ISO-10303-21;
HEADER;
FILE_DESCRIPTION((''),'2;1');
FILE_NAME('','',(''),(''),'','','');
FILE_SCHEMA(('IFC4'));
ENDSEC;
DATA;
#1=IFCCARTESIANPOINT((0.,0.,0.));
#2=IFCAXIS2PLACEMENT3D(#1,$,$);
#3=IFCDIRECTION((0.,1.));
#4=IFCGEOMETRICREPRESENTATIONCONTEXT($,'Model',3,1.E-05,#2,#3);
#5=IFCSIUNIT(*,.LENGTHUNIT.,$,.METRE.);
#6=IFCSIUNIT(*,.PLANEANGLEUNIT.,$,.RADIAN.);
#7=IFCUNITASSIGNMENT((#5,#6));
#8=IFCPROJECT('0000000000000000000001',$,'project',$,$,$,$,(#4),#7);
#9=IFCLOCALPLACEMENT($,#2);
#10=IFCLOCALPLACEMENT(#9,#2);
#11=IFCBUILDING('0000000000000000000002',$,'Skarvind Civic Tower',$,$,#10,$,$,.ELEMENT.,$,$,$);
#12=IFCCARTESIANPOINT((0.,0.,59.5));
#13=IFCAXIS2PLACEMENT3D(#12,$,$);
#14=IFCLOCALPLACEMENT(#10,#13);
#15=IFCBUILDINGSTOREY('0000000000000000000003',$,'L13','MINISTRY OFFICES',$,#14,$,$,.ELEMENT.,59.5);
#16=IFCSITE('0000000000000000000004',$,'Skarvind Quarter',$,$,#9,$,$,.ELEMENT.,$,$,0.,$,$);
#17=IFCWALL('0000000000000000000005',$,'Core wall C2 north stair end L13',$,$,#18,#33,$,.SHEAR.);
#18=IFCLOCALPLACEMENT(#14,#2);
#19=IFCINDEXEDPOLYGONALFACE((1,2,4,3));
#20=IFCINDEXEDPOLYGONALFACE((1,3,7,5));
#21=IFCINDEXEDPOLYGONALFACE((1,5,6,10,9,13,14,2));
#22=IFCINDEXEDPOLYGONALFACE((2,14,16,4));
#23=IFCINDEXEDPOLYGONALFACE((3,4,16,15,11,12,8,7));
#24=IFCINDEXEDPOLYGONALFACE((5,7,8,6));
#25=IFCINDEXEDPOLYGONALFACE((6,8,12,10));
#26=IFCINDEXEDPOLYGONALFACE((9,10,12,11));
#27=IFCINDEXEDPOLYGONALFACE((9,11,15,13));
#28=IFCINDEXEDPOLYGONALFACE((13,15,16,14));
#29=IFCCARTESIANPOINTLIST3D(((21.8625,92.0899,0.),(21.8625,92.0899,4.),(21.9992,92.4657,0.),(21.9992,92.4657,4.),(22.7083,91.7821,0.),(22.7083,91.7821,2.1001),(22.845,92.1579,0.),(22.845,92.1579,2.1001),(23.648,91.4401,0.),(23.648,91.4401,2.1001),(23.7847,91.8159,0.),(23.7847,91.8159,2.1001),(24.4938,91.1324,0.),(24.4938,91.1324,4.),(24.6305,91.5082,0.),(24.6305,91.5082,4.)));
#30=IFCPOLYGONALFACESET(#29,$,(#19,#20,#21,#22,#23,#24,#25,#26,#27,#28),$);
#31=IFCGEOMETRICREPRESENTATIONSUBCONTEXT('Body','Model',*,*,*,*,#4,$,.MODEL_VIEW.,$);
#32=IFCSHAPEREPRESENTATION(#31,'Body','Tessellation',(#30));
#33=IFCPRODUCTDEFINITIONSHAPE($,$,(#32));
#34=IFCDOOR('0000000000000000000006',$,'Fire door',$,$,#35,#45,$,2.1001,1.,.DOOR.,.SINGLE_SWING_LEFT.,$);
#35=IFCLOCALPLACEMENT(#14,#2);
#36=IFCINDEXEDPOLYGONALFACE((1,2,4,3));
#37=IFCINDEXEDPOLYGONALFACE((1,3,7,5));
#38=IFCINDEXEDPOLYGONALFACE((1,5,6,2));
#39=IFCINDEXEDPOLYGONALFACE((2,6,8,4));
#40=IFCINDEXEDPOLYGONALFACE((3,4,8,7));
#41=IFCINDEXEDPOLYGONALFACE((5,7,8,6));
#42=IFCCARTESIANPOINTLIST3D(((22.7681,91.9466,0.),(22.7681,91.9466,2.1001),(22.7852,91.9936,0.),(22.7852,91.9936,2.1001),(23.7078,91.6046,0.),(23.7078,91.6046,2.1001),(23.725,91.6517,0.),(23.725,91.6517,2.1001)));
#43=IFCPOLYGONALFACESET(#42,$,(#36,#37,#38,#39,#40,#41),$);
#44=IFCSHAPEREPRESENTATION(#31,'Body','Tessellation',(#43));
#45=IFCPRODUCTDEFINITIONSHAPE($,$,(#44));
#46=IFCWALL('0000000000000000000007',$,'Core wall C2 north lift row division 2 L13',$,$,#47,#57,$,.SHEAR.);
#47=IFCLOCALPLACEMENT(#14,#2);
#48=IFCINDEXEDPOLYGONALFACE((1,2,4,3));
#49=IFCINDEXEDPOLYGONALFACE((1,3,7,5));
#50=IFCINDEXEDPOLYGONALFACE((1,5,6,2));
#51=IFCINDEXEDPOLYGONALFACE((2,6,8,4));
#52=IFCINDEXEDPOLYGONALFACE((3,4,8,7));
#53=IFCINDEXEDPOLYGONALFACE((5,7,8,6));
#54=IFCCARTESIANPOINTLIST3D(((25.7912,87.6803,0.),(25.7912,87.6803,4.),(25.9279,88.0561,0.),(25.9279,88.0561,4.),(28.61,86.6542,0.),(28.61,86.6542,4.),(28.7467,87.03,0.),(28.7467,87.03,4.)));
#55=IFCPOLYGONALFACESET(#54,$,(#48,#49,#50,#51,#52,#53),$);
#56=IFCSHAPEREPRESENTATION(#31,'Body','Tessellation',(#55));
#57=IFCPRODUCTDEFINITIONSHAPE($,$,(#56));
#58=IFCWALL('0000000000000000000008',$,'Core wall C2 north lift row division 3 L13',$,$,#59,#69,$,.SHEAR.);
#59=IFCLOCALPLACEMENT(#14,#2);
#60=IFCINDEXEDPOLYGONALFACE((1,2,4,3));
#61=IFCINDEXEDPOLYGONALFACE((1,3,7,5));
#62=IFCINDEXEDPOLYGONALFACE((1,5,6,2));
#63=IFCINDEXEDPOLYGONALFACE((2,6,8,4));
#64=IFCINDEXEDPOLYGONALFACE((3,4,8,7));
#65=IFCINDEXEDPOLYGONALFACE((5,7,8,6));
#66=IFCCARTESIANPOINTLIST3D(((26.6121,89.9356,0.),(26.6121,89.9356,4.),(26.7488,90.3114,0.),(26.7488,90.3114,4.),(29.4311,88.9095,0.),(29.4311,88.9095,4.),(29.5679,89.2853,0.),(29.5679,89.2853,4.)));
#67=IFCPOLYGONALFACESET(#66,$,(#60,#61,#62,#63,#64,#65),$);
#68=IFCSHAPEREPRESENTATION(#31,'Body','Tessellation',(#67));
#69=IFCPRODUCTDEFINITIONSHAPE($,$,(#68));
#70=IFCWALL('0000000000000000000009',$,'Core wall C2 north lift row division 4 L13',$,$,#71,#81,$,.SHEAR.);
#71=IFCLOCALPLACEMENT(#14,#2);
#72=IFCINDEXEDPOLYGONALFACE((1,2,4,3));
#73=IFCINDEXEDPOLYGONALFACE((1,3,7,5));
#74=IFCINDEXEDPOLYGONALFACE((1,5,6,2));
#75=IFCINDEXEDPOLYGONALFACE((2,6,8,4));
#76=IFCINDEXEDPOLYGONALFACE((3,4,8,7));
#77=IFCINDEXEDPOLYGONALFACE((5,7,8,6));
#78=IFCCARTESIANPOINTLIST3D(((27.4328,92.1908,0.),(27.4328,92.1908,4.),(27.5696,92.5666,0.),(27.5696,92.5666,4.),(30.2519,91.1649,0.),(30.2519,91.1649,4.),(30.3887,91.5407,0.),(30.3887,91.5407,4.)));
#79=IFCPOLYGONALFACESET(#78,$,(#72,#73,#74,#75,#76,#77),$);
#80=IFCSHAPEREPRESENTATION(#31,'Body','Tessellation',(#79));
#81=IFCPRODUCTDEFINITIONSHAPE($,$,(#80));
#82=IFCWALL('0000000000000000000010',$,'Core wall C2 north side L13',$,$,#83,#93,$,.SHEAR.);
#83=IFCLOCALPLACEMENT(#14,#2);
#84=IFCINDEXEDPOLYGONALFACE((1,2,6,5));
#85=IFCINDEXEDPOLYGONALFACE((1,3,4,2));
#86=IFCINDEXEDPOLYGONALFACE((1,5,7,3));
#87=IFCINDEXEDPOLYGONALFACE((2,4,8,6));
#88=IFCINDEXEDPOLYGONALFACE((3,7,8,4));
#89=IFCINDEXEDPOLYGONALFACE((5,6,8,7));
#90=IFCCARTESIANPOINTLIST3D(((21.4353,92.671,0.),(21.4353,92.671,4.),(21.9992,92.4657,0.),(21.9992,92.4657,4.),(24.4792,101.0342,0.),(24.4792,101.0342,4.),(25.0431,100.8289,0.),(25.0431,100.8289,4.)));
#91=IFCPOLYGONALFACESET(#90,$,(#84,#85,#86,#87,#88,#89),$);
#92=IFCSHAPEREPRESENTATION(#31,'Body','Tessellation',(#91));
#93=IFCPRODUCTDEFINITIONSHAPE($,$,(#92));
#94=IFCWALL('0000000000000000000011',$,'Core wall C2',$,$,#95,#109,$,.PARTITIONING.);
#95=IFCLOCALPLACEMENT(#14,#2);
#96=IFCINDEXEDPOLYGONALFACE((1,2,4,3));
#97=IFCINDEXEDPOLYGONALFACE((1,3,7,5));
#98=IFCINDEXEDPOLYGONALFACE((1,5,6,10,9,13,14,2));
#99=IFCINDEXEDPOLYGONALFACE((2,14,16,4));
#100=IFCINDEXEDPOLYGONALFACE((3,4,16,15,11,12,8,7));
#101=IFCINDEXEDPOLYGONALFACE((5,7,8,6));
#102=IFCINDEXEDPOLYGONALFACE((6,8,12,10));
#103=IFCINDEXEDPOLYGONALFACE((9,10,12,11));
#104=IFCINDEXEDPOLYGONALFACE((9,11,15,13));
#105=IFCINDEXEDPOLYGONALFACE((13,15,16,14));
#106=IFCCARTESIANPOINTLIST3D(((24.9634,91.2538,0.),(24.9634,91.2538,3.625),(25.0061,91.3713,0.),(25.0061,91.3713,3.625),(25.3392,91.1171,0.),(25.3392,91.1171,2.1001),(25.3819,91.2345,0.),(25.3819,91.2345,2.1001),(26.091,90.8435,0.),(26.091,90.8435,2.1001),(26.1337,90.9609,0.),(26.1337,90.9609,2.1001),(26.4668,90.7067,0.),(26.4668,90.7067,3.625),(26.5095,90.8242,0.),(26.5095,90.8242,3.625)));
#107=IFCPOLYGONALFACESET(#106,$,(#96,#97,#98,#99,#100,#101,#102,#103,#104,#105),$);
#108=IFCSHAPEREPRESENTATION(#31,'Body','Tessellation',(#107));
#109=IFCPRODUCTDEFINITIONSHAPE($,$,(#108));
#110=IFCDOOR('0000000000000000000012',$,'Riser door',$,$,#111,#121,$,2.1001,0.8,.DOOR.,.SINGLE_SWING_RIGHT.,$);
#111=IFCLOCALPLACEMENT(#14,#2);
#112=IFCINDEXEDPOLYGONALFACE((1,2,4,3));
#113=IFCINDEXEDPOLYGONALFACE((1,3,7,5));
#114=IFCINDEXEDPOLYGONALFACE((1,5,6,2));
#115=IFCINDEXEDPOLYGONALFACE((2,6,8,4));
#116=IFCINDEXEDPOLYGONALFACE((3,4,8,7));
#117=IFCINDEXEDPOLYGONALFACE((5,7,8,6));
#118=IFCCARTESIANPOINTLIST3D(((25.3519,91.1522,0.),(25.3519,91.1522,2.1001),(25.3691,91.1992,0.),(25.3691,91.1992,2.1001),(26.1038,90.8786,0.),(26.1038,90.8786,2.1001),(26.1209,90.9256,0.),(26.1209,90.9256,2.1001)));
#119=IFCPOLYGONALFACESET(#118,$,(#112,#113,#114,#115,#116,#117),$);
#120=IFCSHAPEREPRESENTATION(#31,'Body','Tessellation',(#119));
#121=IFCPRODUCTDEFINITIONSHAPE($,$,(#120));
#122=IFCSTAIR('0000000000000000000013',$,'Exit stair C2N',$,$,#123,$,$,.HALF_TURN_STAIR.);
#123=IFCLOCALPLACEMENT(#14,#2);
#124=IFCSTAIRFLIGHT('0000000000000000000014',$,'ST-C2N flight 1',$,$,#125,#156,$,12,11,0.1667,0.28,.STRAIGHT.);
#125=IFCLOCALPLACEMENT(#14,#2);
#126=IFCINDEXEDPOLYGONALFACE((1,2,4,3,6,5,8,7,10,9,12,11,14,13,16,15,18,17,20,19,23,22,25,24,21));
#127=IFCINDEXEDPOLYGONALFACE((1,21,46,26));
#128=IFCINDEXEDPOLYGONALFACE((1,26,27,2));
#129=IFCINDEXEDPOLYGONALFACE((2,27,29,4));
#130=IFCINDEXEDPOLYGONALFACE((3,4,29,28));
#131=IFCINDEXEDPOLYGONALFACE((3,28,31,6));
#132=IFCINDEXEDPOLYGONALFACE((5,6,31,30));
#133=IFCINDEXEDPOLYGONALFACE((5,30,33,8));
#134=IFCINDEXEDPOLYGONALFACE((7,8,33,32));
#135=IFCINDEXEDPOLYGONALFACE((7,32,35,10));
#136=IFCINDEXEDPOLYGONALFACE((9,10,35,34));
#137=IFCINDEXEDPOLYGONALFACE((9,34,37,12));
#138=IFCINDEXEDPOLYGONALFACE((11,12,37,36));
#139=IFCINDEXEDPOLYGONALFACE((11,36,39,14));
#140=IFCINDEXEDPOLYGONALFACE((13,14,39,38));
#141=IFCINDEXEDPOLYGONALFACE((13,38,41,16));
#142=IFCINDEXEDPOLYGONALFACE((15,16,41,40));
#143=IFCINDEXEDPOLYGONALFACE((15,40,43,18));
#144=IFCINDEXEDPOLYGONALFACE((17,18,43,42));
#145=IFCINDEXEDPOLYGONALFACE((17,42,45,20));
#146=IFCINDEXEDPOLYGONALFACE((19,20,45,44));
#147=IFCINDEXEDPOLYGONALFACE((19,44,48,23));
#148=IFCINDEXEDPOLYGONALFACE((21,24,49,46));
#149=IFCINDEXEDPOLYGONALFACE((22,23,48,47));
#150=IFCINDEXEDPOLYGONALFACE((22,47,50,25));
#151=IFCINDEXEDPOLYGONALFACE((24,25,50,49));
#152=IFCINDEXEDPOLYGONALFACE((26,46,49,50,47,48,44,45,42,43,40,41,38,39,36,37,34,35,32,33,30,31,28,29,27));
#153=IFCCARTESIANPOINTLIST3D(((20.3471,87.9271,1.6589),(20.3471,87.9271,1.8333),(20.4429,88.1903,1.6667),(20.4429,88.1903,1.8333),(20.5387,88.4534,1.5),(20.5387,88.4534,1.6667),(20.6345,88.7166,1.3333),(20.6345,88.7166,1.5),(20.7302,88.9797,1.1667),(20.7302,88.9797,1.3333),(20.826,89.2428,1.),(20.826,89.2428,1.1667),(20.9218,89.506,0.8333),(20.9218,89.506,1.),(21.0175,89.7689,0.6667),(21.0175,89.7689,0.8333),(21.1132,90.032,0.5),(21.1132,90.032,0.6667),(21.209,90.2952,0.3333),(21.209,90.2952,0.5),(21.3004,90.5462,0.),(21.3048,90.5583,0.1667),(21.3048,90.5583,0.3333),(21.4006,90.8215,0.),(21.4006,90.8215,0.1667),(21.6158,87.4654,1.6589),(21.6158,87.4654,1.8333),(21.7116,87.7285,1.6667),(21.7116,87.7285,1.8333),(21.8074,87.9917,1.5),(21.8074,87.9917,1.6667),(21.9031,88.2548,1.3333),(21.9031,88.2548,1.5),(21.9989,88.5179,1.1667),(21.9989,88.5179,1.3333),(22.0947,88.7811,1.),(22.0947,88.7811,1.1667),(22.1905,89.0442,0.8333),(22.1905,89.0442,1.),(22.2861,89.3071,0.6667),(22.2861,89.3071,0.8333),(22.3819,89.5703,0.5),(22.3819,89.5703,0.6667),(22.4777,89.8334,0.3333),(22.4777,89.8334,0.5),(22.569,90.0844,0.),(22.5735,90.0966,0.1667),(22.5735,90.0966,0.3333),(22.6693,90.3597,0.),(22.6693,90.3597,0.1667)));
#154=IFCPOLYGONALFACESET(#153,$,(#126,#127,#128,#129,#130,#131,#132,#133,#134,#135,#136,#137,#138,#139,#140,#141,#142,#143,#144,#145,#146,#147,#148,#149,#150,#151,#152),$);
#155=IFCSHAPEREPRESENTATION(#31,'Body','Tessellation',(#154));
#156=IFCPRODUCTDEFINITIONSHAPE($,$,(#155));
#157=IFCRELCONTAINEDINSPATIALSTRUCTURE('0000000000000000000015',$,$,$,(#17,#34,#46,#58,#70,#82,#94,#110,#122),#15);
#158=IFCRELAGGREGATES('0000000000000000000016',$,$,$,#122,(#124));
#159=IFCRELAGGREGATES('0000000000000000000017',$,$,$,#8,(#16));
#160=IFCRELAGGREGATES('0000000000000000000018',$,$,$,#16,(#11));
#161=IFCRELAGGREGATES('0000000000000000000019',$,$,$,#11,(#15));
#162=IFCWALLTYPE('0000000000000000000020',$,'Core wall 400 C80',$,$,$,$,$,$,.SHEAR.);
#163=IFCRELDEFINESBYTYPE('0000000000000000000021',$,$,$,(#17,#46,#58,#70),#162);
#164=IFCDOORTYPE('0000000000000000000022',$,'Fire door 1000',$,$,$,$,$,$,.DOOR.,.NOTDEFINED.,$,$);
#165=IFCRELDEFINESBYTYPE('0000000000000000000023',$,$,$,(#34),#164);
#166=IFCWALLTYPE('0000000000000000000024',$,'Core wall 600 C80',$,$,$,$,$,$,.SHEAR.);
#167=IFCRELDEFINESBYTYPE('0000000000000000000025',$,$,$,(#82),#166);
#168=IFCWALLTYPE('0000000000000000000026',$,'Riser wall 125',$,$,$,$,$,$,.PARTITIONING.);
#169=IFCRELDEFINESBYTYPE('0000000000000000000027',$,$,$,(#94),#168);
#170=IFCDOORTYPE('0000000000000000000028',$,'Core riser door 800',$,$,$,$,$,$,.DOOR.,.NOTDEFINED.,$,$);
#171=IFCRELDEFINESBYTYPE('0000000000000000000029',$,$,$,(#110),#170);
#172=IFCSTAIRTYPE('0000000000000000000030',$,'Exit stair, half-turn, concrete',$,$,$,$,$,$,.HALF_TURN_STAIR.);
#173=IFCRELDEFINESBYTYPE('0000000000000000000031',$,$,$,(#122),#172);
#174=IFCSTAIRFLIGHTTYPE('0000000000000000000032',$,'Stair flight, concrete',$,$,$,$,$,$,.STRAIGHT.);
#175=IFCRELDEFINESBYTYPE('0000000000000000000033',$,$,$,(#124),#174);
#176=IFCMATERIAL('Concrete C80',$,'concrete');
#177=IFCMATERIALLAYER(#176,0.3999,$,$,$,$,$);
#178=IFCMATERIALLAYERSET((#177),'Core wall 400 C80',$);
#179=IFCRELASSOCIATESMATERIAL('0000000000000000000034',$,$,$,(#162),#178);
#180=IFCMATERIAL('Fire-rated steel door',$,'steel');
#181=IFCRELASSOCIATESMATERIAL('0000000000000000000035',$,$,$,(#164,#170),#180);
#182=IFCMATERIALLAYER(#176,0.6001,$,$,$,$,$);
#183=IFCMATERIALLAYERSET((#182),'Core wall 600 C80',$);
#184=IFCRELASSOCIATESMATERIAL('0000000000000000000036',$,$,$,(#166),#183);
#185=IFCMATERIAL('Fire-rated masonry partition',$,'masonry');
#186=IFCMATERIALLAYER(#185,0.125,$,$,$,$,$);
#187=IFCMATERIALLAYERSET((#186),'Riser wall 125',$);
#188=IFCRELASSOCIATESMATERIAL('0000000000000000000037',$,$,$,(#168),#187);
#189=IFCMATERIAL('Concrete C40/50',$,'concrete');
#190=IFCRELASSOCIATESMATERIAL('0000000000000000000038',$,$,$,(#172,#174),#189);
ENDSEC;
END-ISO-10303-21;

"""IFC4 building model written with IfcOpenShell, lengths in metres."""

from ifc_helpers import new_model, si_unit, direction, frame, frame_2d, origin, place, context, subcontext, project, spatial, polyline, rectangle, outline, extrude, material, layer, layer_set, type_object, element, fill, aggregate, save


model = new_model("IFC4")

# Units and contexts
model_context = context("Model", 3, precision=1e-05, world=origin(), true_north=direction((0.0, 1.0)))
body_context = subcontext(model_context, "Body", "Model", "MODEL_VIEW")
ifc_project = project(units=[si_unit("LENGTHUNIT", "METRE"), si_unit("PLANEANGLEUNIT", "RADIAN")], contexts=[model_context])

# Site, building, storey
site_placement = place(None, origin())
site = spatial("IfcSite", under=ifc_project, at=site_placement, Name="Skarvind Quarter", CompositionType="ELEMENT", RefElevation=0.0)
building_placement = place(site_placement, origin())
building = spatial("IfcBuilding", under=site, at=building_placement, Name="Skarvind Civic Tower", CompositionType="ELEMENT")
storey_placement = place(building_placement, frame((0.0, 0.0, 59.5)))
storey = spatial("IfcBuildingStorey", under=building, at=storey_placement, Name="L13", Description="MINISTRY OFFICES", CompositionType="ELEMENT", Elevation=59.5)

# Wall, opening, door
ifc_material_1 = material(Name="Concrete C80", Category="concrete")
ifc_layer_1 = layer(ifc_material_1, 0.3999)
ifc_layer_set_1 = layer_set([ifc_layer_1], Name="Core wall 400 C80")
wall_type_1 = type_object("IfcWallType", Name="Core wall 400 C80", PredefinedType="SHEAR", material=ifc_layer_set_1)
wall_1_placement = place(storey_placement, frame((24.562, 91.3203, 0.0), z_axis=(0.0, 0.0, 1.0), x_axis=(-0.939717, 0.341953, 0.0)))
wall_1 = element("IfcWall", 1, at=wall_1_placement, inside=storey, type_object=wall_type_1, Name="Core wall C2 north stair end L13", PredefinedType="SHEAR", context=body_context, shape_type="SweptSolid", body=[
    extrude(rectangle(XDim=2.8, YDim=0.3999, at=frame_2d((1.3999, 0.0))), origin(), (0.0, 0.0, 1.0), 4.0),
])
opening_1_placement = place(wall_1_placement, frame((0.8999, 0.0, 0.0)))
opening_1 = element("IfcOpeningElement", 2, at=opening_1_placement, cuts=wall_1, PredefinedType="OPENING", context=body_context, shape_type="SweptSolid", body=[
    extrude(rectangle(XDim=1.0, YDim=2.1001, at=frame_2d((0.5, 1.05))), frame((0.0, 0.21, 0.0), z_axis=(0.0, -1.0, 0.0), x_axis=(1.0, 0.0, 0.0)), (0.0, 0.0, 1.0), 0.4199),
])
ifc_material_2 = material(Name="Fire-rated steel door", Category="steel")
door_type_1 = type_object("IfcDoorType", Name="Fire door 1000", OperationType="NOTDEFINED", PredefinedType="DOOR", material=ifc_material_2)
door_1_placement = place(opening_1_placement, origin())
door_1 = element("IfcDoor", 3, at=door_1_placement, inside=storey, type_object=door_type_1, Name="Fire door", OperationType="SINGLE_SWING_LEFT", OverallHeight=2.1001, OverallWidth=1.0, PredefinedType="DOOR", context=body_context, shape_type="SweptSolid", body=[
    extrude(rectangle(XDim=1.0, YDim=2.1001, at=frame_2d((0.5, 1.05))), frame((0.0, 0.0249, 0.0), z_axis=(0.0, -1.0, 0.0), x_axis=(1.0, 0.0, 0.0)), (0.0, 0.0, 1.0), 0.05),
])
fill(opening_1, door_1)

# Walls
wall_2_placement = place(storey_placement, frame((28.6785, 86.842, 0.0), z_axis=(0.0, 0.0, 1.0), x_axis=(-0.939677, 0.342063, 0.0)))
element("IfcWall", 4, at=wall_2_placement, inside=storey, type_object=wall_type_1, Name="Core wall C2 north lift row division 2 L13", PredefinedType="SHEAR", context=body_context, shape_type="SweptSolid", body=[
    extrude(rectangle(XDim=2.9998, YDim=0.3999, at=frame_2d((1.5, 0.0))), origin(), (0.0, 0.0, 1.0), 4.0),
])
for number, where, z_axis, x_axis, name in (
    (5, (29.4995, 89.0974, 0.0), (0.0, 0.0, 1.0), (-0.939686, 0.342037, 0.0), "Core wall C2 north lift row division 3 L13"),
    (6, (30.3203, 91.3528, 0.0), (0.0, 0.0, 1.0), (-0.939713, 0.341965, 0.0), "Core wall C2 north lift row division 4 L13"),
):
    element("IfcWall", number, at=place(storey_placement, frame(where, z_axis=z_axis, x_axis=x_axis)), inside=storey, type_object=wall_type_1, Name=name, PredefinedType="SHEAR", context=body_context, shape_type="SweptSolid", body=[
        extrude(rectangle(XDim=3.0, YDim=0.3999, at=frame_2d((1.5, 0.0))), origin(), (0.0, 0.0, 1.0), 4.0),
    ])
ifc_layer_2 = layer(ifc_material_1, 0.6001)
ifc_layer_set_2 = layer_set([ifc_layer_2], Name="Core wall 600 C80")
wall_type_2 = type_object("IfcWallType", Name="Core wall 600 C80", PredefinedType="SHEAR", material=ifc_layer_set_2)
wall_3_placement = place(storey_placement, frame((21.7173, 92.5684, 0.0), z_axis=(0.0, 0.0, 1.0), x_axis=(0.342016, 0.939694, 0.0)))
element("IfcWall", 7, at=wall_3_placement, inside=storey, type_object=wall_type_2, Name="Core wall C2 north side L13", PredefinedType="SHEAR", context=body_context, shape_type="SweptSolid", body=[
    extrude(rectangle(XDim=8.8999, YDim=0.6001, at=frame_2d((4.45, 0.0))), origin(), (0.0, 0.0, 1.0), 4.0),
])

# Wall, opening, door
ifc_material_3 = material(Name="Fire-rated masonry partition", Category="masonry")
ifc_layer_3 = layer(ifc_material_3, 0.125)
ifc_layer_set_3 = layer_set([ifc_layer_3], Name="Riser wall 125")
wall_type_3 = type_object("IfcWallType", Name="Riser wall 125", PredefinedType="PARTITIONING", material=ifc_layer_set_3)
wall_4_placement = place(storey_placement, frame((24.9849, 91.3125, 0.0), z_axis=(0.0, 0.0, 1.0), x_axis=(0.939709, -0.341976, 0.0)))
wall_4 = element("IfcWall", 8, at=wall_4_placement, inside=storey, type_object=wall_type_3, Name="Core wall C2", PredefinedType="PARTITIONING", context=body_context, shape_type="SweptSolid", body=[
    extrude(rectangle(XDim=1.5999, YDim=0.125, at=frame_2d((0.7998, 0.0))), origin(), (0.0, 0.0, 1.0), 3.625),
])
opening_2_placement = place(wall_4_placement, frame((0.3999, 0.0, 0.0)))
opening_2 = element("IfcOpeningElement", 9, at=opening_2_placement, cuts=wall_4, PredefinedType="OPENING", context=body_context, shape_type="SweptSolid", body=[
    extrude(rectangle(XDim=0.8, YDim=2.1001, at=frame_2d((0.3999, 1.05))), frame((0.0, 0.0725, 0.0), z_axis=(0.0, -1.0, 0.0), x_axis=(1.0, 0.0, 0.0)), (0.0, 0.0, 1.0), 0.145),
])
door_type_2 = type_object("IfcDoorType", Name="Core riser door 800", OperationType="NOTDEFINED", PredefinedType="DOOR", material=ifc_material_2)
door_2_placement = place(opening_2_placement, origin())
door_2 = element("IfcDoor", 10, at=door_2_placement, inside=storey, type_object=door_type_2, Name="Riser door", OperationType="SINGLE_SWING_RIGHT", OverallHeight=2.1001, OverallWidth=0.8, PredefinedType="DOOR", context=body_context, shape_type="SweptSolid", body=[
    extrude(rectangle(XDim=0.8, YDim=2.1001, at=frame_2d((0.3999, 1.05))), frame((0.0, 0.0249, 0.0), z_axis=(0.0, -1.0, 0.0), x_axis=(1.0, 0.0, 0.0)), (0.0, 0.0, 1.0), 0.05),
])
fill(opening_2, door_2)

# Stair, stair flight
ifc_material_4 = material(Name="Concrete C40/50", Category="concrete")
stair_type = type_object("IfcStairType", Name="Exit stair, half-turn, concrete", PredefinedType="HALF_TURN_STAIR", material=ifc_material_4)
stair_placement = place(storey_placement, origin())
stair = element("IfcStair", 11, at=stair_placement, inside=storey, type_object=stair_type, Name="Exit stair C2N", PredefinedType="HALF_TURN_STAIR")
stair_flight_type = type_object("IfcStairFlightType", Name="Stair flight, concrete", PredefinedType="STRAIGHT", material=ifc_material_4)
stair_flight_1_placement = place(storey_placement, frame((22.0349, 90.5906, 0.0), z_axis=(0.0, 0.0, 1.0), x_axis=(-0.34202, -0.939693, 0.0)))
stair_flight_1 = element("IfcStairFlight", 12, at=stair_flight_1_placement, type_object=stair_flight_type, Name="ST-C2N flight 1", NumberOfRisers=12, NumberOfTreads=11, PredefinedType="STRAIGHT", RiserHeight=0.1667, TreadLength=0.28, context=body_context, shape_type="SweptSolid", body=[
    extrude(outline(polyline([(0.0, 0.0), (0.0, 0.1667), (0.28, 0.1667), (0.28, 0.3333), (0.5601, 0.3333), (0.5601, 0.5), (0.8401, 0.5), (0.8401, 0.6667), (1.1201, 0.6667), (1.1201, 0.8333), (1.3999, 0.8333), (1.3999, 1.0), (1.6799, 1.0), (1.6799, 1.1667), (1.96, 1.1667), (1.96, 1.3333), (2.24, 1.3333), (2.24, 1.5), (2.52, 1.5), (2.52, 1.6667), (2.8, 1.6667), (2.8, 1.8333), (3.0801, 1.8333), (3.0801, 2.0), (3.0801, 1.6589), (0.293, 0.0), (0.0, 0.0)])), frame((0.0, 0.675, 0.0), z_axis=(0.0, -1.0, 0.0), x_axis=(1.0, 0.0, 0.0)), (0.0, 0.0, 1.0), 1.3501),
])
aggregate(stair, [stair_flight_1])

save(model, "model.ifc")
